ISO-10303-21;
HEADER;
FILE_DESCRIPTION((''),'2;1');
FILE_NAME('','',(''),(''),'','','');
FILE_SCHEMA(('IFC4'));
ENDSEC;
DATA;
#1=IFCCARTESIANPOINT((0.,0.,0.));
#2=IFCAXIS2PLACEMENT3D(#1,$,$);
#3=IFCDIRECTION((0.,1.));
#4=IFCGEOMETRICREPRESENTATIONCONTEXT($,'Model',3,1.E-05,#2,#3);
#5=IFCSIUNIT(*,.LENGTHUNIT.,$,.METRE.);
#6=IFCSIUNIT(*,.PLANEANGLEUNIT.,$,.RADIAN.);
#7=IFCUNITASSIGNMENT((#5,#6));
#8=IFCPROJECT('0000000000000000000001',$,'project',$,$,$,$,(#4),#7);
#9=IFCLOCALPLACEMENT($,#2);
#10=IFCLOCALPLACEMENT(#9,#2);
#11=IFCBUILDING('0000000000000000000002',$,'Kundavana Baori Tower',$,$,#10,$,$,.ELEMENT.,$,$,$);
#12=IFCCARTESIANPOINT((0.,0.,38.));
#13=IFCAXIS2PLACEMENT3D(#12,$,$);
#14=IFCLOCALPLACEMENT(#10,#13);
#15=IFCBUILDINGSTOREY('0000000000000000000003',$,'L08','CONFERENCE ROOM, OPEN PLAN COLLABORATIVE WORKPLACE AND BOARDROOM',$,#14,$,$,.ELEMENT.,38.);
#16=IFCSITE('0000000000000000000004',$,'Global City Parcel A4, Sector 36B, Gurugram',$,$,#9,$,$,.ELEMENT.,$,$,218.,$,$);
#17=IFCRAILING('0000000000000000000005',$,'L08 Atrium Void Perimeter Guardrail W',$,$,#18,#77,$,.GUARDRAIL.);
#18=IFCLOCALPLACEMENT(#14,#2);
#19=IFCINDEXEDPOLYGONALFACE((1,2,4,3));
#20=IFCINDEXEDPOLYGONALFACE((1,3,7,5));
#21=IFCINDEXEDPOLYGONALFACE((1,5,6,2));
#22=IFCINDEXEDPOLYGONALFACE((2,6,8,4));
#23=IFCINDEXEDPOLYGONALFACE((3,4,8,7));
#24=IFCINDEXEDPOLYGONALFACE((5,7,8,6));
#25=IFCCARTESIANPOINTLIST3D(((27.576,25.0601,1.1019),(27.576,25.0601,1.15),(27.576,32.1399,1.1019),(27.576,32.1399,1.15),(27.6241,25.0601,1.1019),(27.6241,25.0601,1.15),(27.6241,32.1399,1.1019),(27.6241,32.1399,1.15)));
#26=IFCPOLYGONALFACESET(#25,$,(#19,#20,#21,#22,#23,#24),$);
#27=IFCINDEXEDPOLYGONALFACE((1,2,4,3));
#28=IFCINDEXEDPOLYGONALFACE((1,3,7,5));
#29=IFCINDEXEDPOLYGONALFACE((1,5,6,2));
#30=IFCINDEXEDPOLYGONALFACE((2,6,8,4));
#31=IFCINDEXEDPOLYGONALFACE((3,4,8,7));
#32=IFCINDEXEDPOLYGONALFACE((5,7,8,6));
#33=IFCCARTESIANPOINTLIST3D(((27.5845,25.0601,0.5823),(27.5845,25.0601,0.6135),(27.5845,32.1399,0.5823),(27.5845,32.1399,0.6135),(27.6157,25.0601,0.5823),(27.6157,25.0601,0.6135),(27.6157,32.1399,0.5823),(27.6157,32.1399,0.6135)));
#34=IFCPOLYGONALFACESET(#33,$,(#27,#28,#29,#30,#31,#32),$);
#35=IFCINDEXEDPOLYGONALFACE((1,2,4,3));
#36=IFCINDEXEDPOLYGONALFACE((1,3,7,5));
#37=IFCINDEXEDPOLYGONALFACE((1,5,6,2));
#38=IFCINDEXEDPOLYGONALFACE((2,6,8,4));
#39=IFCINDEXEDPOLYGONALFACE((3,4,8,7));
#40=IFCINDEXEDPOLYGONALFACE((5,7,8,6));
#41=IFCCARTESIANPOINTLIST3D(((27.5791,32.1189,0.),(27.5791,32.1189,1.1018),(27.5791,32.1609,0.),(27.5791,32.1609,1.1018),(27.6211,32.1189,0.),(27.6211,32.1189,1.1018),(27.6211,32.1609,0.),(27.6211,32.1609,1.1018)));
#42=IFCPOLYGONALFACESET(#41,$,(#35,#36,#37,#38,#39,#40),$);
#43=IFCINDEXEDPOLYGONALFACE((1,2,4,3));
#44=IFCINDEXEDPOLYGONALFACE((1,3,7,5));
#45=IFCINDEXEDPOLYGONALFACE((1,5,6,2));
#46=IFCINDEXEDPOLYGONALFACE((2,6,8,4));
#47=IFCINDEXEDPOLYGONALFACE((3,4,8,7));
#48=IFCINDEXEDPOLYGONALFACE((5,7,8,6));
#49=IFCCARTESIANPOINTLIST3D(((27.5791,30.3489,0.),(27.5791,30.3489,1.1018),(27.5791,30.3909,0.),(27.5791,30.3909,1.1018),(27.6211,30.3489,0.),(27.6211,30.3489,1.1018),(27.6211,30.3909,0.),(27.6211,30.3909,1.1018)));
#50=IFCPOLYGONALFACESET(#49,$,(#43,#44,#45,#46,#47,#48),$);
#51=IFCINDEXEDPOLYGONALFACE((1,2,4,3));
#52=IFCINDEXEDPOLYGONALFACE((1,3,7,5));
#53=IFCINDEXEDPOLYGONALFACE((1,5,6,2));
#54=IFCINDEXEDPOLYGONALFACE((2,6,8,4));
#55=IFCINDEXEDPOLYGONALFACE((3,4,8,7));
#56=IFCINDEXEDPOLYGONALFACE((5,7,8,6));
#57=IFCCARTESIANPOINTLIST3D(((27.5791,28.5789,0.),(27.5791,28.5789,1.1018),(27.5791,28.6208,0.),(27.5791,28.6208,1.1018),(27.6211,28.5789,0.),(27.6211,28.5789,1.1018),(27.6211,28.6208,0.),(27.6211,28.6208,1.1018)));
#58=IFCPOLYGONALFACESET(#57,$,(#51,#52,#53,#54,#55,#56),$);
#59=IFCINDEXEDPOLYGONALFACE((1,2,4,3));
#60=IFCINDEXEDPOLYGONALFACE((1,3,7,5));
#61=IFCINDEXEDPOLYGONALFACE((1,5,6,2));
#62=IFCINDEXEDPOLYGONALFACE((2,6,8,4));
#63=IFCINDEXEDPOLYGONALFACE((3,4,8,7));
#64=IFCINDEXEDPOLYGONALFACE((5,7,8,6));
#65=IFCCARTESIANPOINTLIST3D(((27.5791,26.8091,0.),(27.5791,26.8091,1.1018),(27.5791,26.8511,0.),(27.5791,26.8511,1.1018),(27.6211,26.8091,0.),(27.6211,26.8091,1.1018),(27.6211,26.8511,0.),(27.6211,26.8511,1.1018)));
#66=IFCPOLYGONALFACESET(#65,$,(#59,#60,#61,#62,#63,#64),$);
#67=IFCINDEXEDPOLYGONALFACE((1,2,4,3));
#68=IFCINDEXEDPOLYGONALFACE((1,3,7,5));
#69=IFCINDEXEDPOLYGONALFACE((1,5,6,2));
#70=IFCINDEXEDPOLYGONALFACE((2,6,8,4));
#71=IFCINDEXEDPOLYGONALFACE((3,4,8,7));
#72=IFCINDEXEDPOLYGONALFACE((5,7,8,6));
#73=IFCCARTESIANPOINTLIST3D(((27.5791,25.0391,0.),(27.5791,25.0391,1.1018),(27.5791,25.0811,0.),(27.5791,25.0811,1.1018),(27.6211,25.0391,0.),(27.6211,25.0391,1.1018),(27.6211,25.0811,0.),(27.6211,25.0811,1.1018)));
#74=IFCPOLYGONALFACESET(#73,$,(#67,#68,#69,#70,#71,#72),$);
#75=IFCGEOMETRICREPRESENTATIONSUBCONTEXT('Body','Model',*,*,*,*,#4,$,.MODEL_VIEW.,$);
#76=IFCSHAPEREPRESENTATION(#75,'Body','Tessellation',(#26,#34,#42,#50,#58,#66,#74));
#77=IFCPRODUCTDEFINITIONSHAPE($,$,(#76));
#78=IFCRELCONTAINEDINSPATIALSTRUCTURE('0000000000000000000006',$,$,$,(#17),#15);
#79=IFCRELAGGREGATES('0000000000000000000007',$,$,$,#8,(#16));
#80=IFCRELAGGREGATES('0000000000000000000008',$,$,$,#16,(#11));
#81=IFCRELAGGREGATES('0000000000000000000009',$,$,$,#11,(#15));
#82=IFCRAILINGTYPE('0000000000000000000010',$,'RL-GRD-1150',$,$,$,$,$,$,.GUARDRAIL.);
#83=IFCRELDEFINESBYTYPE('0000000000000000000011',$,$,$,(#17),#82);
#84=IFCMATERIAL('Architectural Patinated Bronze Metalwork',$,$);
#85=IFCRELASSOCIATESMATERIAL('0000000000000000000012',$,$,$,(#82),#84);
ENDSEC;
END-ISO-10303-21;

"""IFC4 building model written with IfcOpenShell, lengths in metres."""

from ifc_helpers import new_model, si_unit, direction, frame, origin, origin_2d, place, context, subcontext, project, spatial, rectangle, extrude, material, type_object, element, save


model = new_model("IFC4")

# Units and contexts
model_context = context("Model", 3, precision=1e-05, world=origin(), true_north=direction((0.0, 1.0)))
body_context = subcontext(model_context, "Body", "Model", "MODEL_VIEW")
ifc_project = project(units=[si_unit("LENGTHUNIT", "METRE"), si_unit("PLANEANGLEUNIT", "RADIAN")], contexts=[model_context])

# Site, building, storey
site_placement = place(None, origin())
site = spatial("IfcSite", under=ifc_project, at=site_placement, Name="Global City Parcel A4, Sector 36B, Gurugram", CompositionType="ELEMENT", RefElevation=218.0)
building_placement = place(site_placement, origin())
building = spatial("IfcBuilding", under=site, at=building_placement, Name="Kundavana Baori Tower", CompositionType="ELEMENT")
storey_placement = place(building_placement, frame((0.0, 0.0, 38.0)))
storey = spatial("IfcBuildingStorey", under=building, at=storey_placement, Name="L08", Description="CONFERENCE ROOM, OPEN PLAN COLLABORATIVE WORKPLACE AND BOARDROOM", CompositionType="ELEMENT", Elevation=38.0)

# Railing
ifc_material_1 = material(Name="Architectural Patinated Bronze Metalwork")
railing_type = type_object("IfcRailingType", Name="RL-GRD-1150", PredefinedType="GUARDRAIL", material=ifc_material_1)
railing_1_placement = place(storey_placement, frame((27.6001, 32.1399, 0.0)))
element("IfcRailing", 1, at=railing_1_placement, inside=storey, type_object=railing_type, Name="L08 Atrium Void Perimeter Guardrail W", PredefinedType="GUARDRAIL", context=body_context, shape_type="SweptSolid", body=[
    extrude(rectangle(XDim=0.0481, YDim=0.0481, at=origin_2d()), frame((0.0, 0.0, 1.126), z_axis=(0.0, -1.0, 0.0), x_axis=(1.0, 0.0, 0.0)), (0.0, 0.0, 1.0), 7.0798),
    extrude(rectangle(XDim=0.0312, YDim=0.0312, at=origin_2d()), frame((0.0, 0.0, 0.5979), z_axis=(0.0, -1.0, 0.0), x_axis=(1.0, 0.0, 0.0)), (0.0, 0.0, 1.0), 7.0798),
    extrude(rectangle(XDim=0.042, YDim=0.042, at=origin_2d()), origin(), (0.0, 0.0, 1.0), 1.1018),
    extrude(rectangle(XDim=0.042, YDim=0.042, at=origin_2d()), frame((0.0, -1.77, 0.0)), (0.0, 0.0, 1.0), 1.1018),
    extrude(rectangle(XDim=0.042, YDim=0.042, at=origin_2d()), frame((0.0, -3.54, 0.0)), (0.0, 0.0, 1.0), 1.1018),
    extrude(rectangle(XDim=0.042, YDim=0.042, at=origin_2d()), frame((0.0, -5.3098, 0.0)), (0.0, 0.0, 1.0), 1.1018),
    extrude(rectangle(XDim=0.042, YDim=0.042, at=origin_2d()), frame((0.0, -7.0798, 0.0)), (0.0, 0.0, 1.0), 1.1018),
])

save(model, "model.ifc")
